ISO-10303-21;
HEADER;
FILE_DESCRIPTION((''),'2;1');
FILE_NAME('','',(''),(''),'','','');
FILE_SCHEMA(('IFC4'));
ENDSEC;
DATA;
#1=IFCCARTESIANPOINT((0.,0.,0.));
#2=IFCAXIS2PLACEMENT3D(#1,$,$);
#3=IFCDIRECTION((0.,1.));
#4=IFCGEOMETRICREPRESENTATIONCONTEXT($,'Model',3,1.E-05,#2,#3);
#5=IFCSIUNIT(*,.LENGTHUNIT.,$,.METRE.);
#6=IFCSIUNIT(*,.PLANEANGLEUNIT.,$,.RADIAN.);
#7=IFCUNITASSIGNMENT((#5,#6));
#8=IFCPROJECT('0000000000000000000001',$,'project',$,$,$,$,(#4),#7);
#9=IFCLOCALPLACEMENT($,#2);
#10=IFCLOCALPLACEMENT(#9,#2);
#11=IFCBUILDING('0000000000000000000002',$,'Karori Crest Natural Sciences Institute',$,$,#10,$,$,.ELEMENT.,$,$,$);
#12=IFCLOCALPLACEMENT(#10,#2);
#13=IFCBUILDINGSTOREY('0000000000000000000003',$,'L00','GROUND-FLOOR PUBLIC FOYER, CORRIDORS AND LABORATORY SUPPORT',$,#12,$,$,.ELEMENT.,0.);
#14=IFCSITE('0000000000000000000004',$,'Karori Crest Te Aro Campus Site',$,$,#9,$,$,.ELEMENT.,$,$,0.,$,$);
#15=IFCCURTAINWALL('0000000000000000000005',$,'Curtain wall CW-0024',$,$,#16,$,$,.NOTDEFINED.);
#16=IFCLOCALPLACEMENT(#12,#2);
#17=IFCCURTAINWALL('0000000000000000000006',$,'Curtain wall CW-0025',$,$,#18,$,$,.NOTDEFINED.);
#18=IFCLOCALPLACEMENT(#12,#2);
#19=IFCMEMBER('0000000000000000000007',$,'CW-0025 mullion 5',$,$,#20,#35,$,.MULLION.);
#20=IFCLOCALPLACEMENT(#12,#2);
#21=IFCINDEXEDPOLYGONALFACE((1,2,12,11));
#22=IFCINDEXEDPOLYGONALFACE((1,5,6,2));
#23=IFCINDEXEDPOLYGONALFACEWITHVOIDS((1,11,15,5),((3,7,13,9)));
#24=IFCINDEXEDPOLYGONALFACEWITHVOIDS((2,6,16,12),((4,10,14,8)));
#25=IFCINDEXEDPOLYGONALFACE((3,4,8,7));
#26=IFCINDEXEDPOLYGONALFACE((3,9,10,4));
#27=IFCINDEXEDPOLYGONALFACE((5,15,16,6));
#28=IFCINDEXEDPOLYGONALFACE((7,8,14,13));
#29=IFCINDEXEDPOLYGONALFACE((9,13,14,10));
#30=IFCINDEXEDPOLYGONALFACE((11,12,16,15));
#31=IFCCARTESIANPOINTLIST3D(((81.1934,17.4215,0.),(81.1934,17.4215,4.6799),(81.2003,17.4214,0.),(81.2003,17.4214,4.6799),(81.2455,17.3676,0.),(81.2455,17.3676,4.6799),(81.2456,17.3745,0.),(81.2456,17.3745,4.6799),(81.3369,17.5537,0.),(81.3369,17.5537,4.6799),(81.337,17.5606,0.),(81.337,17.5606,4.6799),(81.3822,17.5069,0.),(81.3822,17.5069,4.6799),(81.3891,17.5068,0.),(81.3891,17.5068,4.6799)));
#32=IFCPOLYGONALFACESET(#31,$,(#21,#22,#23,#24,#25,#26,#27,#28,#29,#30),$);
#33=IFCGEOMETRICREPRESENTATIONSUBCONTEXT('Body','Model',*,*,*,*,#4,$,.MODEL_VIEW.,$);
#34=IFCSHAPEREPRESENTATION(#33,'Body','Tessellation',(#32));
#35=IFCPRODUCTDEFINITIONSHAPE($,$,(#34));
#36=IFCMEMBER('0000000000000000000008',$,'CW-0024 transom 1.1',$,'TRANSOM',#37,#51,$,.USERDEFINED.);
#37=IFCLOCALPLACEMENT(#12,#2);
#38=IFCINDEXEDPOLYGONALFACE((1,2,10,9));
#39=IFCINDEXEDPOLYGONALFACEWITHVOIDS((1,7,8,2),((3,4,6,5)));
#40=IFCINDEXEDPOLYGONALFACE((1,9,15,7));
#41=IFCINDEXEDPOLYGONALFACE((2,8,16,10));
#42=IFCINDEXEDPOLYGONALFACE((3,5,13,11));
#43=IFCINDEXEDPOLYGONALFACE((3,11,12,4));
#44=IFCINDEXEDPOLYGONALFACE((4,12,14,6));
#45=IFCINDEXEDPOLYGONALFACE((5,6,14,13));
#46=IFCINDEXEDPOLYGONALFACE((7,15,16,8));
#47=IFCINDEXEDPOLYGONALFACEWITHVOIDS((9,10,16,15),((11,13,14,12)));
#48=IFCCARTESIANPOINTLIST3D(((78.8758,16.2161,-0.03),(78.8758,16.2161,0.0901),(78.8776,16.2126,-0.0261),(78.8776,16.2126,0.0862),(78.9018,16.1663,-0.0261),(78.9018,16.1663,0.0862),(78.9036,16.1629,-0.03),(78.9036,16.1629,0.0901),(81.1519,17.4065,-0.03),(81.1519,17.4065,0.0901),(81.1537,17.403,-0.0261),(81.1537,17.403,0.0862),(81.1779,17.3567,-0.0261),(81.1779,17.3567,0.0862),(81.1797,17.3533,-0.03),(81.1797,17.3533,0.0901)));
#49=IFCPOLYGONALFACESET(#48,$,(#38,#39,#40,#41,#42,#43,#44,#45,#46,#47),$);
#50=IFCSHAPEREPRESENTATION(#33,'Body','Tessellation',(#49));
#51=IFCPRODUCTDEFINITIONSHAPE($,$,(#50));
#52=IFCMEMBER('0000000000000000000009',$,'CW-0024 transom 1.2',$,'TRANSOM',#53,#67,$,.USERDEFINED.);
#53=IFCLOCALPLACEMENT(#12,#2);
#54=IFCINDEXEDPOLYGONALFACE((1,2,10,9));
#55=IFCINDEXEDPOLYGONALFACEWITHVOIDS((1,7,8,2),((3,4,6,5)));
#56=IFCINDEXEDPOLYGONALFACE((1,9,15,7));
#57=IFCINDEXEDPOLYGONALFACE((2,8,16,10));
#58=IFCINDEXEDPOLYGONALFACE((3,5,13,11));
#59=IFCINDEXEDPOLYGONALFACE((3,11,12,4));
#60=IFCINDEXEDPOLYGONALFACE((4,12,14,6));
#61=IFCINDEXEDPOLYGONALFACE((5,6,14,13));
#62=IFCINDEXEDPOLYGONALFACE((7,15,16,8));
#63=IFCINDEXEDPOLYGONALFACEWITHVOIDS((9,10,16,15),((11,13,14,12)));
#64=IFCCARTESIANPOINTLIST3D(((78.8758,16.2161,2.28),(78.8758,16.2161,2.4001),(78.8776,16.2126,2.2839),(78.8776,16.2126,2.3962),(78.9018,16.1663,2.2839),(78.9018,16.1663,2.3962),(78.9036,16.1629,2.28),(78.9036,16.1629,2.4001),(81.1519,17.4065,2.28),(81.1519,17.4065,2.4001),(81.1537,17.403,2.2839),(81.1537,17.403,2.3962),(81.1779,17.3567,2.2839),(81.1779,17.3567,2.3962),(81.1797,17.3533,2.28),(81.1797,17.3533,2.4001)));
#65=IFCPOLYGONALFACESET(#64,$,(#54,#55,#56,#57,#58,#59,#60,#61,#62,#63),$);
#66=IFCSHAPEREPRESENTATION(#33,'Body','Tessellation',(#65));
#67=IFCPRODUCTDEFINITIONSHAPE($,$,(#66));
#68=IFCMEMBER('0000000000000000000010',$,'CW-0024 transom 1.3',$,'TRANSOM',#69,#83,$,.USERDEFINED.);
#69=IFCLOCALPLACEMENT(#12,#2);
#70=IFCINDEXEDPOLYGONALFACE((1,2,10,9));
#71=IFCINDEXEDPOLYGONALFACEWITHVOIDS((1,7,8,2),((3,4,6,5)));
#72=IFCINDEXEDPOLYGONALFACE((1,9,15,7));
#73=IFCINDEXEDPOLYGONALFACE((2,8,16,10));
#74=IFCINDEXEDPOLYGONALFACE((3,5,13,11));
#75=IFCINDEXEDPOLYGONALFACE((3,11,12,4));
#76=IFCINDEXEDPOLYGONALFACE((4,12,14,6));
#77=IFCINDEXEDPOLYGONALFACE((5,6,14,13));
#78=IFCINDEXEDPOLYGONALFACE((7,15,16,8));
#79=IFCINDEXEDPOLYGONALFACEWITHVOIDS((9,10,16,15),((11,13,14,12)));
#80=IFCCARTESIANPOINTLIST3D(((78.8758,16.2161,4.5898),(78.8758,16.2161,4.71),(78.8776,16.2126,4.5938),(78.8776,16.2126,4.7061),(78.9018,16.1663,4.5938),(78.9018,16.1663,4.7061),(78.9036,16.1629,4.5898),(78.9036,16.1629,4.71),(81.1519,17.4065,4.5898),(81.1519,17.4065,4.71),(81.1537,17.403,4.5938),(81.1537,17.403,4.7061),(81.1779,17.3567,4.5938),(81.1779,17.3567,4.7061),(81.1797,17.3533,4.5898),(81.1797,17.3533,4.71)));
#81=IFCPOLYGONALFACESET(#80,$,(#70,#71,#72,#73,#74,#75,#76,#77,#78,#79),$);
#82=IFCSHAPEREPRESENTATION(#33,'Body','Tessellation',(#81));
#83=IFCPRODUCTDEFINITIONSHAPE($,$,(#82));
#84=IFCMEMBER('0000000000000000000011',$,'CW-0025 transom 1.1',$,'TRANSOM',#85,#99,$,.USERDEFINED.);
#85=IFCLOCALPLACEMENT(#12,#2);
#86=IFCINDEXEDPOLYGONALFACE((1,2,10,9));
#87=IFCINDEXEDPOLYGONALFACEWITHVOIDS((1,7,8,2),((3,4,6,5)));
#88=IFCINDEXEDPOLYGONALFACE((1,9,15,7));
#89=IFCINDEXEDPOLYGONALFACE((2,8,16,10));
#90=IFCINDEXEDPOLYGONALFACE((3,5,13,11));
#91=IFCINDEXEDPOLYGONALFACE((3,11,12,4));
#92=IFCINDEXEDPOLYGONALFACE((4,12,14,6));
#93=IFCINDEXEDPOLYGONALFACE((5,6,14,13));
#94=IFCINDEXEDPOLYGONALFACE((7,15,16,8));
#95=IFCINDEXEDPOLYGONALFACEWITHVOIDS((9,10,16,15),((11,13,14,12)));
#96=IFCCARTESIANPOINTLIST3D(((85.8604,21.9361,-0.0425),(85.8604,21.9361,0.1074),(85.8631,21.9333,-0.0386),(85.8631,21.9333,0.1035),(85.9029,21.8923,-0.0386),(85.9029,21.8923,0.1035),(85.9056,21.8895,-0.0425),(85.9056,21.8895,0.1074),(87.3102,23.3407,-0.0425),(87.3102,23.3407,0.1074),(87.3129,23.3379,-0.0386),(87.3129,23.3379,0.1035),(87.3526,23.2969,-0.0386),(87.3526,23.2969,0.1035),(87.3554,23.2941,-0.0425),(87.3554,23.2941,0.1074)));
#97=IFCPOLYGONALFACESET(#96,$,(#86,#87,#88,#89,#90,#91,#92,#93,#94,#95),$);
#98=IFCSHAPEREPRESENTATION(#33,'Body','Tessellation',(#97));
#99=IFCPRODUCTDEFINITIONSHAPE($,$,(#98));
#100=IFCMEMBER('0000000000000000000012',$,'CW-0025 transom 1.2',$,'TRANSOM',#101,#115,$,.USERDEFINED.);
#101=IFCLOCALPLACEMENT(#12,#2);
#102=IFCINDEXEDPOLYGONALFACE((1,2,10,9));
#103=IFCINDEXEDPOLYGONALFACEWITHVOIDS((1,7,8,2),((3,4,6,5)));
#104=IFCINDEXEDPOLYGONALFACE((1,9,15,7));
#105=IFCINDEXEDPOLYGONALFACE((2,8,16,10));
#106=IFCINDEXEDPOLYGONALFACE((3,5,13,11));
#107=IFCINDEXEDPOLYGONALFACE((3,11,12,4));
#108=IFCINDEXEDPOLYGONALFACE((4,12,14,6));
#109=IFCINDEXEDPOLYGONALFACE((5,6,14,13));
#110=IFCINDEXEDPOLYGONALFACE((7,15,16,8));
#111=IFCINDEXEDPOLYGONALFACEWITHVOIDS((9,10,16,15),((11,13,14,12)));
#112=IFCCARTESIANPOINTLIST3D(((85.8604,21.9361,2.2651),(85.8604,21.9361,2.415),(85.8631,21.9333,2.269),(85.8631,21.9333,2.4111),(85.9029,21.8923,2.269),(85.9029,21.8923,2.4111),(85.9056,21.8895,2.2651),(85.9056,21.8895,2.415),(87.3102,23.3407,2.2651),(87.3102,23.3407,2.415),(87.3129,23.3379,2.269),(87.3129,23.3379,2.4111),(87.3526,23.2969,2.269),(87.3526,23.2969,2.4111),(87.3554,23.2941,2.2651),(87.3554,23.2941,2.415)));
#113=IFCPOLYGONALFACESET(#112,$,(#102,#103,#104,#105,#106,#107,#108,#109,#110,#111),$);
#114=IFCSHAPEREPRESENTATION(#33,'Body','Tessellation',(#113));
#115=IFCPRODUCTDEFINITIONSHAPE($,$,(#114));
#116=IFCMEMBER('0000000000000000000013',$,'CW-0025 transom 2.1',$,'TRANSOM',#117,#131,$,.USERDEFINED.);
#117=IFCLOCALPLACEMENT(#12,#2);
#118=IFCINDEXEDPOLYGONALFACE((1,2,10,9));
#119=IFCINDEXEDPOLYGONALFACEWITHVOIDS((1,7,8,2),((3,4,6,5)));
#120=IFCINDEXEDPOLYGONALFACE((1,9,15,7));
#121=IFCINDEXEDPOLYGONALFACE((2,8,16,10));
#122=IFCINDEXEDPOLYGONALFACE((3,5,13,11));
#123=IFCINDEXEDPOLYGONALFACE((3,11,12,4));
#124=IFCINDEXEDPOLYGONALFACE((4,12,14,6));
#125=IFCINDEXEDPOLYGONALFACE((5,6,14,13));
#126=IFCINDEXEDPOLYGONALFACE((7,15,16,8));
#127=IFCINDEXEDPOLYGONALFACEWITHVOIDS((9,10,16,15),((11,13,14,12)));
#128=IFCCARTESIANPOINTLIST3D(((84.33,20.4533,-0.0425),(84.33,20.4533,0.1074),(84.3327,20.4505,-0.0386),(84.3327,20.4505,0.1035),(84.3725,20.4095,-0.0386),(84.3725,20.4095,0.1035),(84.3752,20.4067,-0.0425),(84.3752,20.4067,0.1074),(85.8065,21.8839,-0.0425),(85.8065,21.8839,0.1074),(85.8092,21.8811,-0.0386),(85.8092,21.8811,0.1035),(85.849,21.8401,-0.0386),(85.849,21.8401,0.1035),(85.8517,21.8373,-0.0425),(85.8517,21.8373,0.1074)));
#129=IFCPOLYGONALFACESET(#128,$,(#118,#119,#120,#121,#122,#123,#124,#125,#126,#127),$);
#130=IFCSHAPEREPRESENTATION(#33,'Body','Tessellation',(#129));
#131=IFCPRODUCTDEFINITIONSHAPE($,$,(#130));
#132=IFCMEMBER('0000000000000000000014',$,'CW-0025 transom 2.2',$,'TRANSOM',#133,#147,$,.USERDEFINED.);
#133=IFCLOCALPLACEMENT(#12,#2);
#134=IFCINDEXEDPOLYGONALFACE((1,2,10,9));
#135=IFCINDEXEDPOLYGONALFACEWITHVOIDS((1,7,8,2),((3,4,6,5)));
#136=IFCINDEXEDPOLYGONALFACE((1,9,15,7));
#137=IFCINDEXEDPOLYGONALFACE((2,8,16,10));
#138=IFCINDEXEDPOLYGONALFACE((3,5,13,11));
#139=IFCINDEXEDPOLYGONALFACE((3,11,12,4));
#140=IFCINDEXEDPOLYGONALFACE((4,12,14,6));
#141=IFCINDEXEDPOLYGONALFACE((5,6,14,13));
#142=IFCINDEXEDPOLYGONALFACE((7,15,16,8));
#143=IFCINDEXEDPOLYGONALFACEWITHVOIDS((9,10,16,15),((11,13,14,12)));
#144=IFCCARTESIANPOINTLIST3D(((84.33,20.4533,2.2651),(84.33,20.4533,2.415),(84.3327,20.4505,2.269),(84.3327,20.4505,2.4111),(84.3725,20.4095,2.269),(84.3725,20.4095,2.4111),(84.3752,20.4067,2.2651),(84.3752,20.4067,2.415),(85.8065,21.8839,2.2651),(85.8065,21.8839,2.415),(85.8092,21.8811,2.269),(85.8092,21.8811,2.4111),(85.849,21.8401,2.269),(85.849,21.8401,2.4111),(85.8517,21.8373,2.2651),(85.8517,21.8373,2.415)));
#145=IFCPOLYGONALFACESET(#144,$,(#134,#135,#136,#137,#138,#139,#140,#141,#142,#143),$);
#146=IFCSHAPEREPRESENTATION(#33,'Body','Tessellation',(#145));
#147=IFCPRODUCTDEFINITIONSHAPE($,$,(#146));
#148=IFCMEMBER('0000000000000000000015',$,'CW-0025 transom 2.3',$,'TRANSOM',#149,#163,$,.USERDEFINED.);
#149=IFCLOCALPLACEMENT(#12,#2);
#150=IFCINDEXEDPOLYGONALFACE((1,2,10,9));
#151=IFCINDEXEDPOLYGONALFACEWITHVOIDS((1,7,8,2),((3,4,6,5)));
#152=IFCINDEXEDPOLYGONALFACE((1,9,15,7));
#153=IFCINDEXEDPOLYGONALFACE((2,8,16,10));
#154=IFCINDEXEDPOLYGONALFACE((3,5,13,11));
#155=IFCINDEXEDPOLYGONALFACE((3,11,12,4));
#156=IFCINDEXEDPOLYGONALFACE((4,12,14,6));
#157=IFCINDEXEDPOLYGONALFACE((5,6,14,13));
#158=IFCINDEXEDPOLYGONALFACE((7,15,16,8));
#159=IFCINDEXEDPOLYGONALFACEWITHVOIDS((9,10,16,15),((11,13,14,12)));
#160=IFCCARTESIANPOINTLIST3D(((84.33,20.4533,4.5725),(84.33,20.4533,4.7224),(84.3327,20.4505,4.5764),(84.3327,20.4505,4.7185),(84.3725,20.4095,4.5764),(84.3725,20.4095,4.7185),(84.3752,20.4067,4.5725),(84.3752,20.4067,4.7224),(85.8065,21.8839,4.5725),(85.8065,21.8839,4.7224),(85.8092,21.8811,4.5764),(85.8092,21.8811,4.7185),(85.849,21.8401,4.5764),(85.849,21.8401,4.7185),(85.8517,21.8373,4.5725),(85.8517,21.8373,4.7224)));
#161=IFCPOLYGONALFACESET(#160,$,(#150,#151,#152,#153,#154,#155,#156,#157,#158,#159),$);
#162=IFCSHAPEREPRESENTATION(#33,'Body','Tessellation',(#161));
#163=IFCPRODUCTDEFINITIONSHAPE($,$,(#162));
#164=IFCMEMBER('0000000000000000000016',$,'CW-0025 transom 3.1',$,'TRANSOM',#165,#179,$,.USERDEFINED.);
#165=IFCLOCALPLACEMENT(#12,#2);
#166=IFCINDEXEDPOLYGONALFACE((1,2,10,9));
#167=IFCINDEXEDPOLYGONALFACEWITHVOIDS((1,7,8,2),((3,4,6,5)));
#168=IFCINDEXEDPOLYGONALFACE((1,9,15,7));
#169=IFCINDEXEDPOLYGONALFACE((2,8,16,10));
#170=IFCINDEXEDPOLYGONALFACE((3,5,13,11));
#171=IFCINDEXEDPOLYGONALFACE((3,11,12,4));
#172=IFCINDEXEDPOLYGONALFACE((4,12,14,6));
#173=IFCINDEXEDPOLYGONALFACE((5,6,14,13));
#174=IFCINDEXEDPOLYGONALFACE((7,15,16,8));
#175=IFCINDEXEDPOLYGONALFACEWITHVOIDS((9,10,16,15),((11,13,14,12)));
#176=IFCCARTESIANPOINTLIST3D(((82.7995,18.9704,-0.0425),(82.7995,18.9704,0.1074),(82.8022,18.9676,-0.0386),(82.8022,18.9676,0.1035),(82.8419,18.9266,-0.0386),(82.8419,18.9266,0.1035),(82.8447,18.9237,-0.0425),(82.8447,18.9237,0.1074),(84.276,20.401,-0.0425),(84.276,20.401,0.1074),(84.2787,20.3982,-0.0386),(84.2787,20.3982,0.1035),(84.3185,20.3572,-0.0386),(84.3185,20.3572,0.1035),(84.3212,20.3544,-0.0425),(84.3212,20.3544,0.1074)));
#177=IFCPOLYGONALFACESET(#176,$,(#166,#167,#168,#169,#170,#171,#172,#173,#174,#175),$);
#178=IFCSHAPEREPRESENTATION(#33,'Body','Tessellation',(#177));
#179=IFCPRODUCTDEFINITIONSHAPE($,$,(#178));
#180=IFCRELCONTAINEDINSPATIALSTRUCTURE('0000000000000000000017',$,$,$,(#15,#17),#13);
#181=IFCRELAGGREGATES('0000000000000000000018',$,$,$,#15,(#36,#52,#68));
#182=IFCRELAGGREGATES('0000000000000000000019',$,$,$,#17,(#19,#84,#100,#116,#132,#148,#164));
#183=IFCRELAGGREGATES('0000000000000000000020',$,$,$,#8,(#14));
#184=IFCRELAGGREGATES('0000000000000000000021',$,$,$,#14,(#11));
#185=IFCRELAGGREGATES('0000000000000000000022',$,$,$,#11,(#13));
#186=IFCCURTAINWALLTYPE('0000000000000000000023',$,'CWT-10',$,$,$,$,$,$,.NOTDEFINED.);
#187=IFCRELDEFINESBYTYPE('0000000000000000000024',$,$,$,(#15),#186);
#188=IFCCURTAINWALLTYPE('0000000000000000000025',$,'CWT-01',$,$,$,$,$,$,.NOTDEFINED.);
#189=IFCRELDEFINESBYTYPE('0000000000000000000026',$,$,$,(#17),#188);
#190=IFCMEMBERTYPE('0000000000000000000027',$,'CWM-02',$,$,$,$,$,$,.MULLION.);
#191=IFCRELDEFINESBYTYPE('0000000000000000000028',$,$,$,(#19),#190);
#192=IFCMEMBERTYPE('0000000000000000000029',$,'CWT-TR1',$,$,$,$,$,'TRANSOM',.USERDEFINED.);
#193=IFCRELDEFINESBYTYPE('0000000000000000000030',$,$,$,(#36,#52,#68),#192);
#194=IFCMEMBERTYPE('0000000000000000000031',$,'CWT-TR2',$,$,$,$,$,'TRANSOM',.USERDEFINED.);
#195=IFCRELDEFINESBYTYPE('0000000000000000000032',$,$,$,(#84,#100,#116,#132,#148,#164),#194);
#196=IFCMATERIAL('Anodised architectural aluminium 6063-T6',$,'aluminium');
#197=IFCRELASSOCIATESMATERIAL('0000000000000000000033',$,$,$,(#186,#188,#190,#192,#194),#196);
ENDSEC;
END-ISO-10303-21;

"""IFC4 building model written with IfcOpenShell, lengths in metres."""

from ifc_helpers import new_model, si_unit, direction, frame, origin, origin_2d, place, context, subcontext, project, spatial, hollow_rectangle, extrude, material, material_profile, profile_set, type_object, element, aggregate, save


model = new_model("IFC4")

# Units and contexts
model_context = context("Model", 3, precision=1e-05, world=origin(), true_north=direction((0.0, 1.0)))
body_context = subcontext(model_context, "Body", "Model", "MODEL_VIEW")
ifc_project = project(units=[si_unit("LENGTHUNIT", "METRE"), si_unit("PLANEANGLEUNIT", "RADIAN")], contexts=[model_context])

# Site, building, storey
site_placement = place(None, origin())
site = spatial("IfcSite", under=ifc_project, at=site_placement, Name="Karori Crest Te Aro Campus Site", CompositionType="ELEMENT", RefElevation=0.0)
building_placement = place(site_placement, origin())
building = spatial("IfcBuilding", under=site, at=building_placement, Name="Karori Crest Natural Sciences Institute", CompositionType="ELEMENT")
storey_placement = place(building_placement, origin())
storey = spatial("IfcBuildingStorey", under=building, at=storey_placement, Name="L00", Description="GROUND-FLOOR PUBLIC FOYER, CORRIDORS AND LABORATORY SUPPORT", CompositionType="ELEMENT", Elevation=0.0)

# Curtain wall
ifc_material_1 = material(Name="Anodised architectural aluminium 6063-T6", Category="aluminium")
curtain_wall_type_1 = type_object("IfcCurtainWallType", Name="CWT-10", PredefinedType="NOTDEFINED", material=ifc_material_1)
curtain_wall_1_placement = place(storey_placement, origin())
curtain_wall_1 = element("IfcCurtainWall", 1, at=curtain_wall_1_placement, inside=storey, type_object=curtain_wall_type_1, Name="Curtain wall CW-0024", PredefinedType="NOTDEFINED")
ifc_material_profile_1 = material_profile(ifc_material_1, hollow_rectangle(XDim=0.075, YDim=0.2, WallThickness=0.0049, at=origin_2d()), Name="CWM200x75x5")
ifc_profile_set_1 = profile_set([ifc_material_profile_1], Name="Anodised architectural aluminium 6063-T6")
member_type_1 = type_object("IfcMemberType", Name="CWM-02", PredefinedType="MULLION", material=ifc_profile_set_1)

# Curtain wall, member
curtain_wall_type_2 = type_object("IfcCurtainWallType", Name="CWT-01", PredefinedType="NOTDEFINED", material=ifc_material_1)
curtain_wall_2_placement = place(storey_placement, origin())
curtain_wall_2 = element("IfcCurtainWall", 2, at=curtain_wall_2_placement, inside=storey, type_object=curtain_wall_type_2, Name="Curtain wall CW-0025", PredefinedType="NOTDEFINED")
member_1_placement = place(storey_placement, frame((81.2913, 17.4641, 0.0), z_axis=(0.0, 0.0, 1.0), x_axis=(0.695839, -0.718198, 0.0)))
member_1 = element("IfcMember", 3, at=member_1_placement, type_object=member_type_1, Name="CW-0025 mullion 5", PredefinedType="MULLION", context=body_context, shape_type="SweptSolid", body=[
    extrude(hollow_rectangle(XDim=0.075, YDim=0.2, WallThickness=0.0049, at=origin_2d()), origin(), (0.0, 0.0, 1.0), 4.6799),
])

# Members
ifc_material_profile_2 = material_profile(ifc_material_1, hollow_rectangle(XDim=0.0601, YDim=0.1201, WallThickness=0.0039, at=origin_2d()), Name="CWT120x60x4")
ifc_profile_set_2 = profile_set([ifc_material_profile_2], Name="Anodised architectural aluminium 6063-T6")
member_type_2 = type_object("IfcMemberType", Name="CWT-TR1", ElementType="TRANSOM", PredefinedType="USERDEFINED", material=ifc_profile_set_2)
member_2_placement = place(storey_placement, frame((81.1658, 17.3799, 0.03), z_axis=(-0.886123, -0.463449, 0.0), x_axis=(0.463449, -0.886123, 0.0)))
member_2 = element("IfcMember", 4, at=member_2_placement, type_object=member_type_2, Name="CW-0024 transom 1.1", ObjectType="TRANSOM", PredefinedType="USERDEFINED", context=body_context, shape_type="SweptSolid", body=[
    extrude(hollow_rectangle(XDim=0.0601, YDim=0.1201, WallThickness=0.0039, at=origin_2d()), origin(), (0.0, 0.0, 1.0), 2.5686),
])
member_3_placement = place(storey_placement, frame((81.1658, 17.3799, 2.3401), z_axis=(-0.886123, -0.463449, 0.0), x_axis=(0.463449, -0.886123, 0.0)))
member_3 = element("IfcMember", 5, at=member_3_placement, type_object=member_type_2, Name="CW-0024 transom 1.2", ObjectType="TRANSOM", PredefinedType="USERDEFINED", context=body_context, shape_type="SweptSolid", body=[
    extrude(hollow_rectangle(XDim=0.0601, YDim=0.1201, WallThickness=0.0039, at=origin_2d()), origin(), (0.0, 0.0, 1.0), 2.5686),
])
member_4_placement = place(storey_placement, frame((81.1658, 17.3799, 4.6499), z_axis=(-0.886123, -0.463449, 0.0), x_axis=(0.463449, -0.886123, 0.0)))
member_4 = element("IfcMember", 6, at=member_4_placement, type_object=member_type_2, Name="CW-0024 transom 1.3", ObjectType="TRANSOM", PredefinedType="USERDEFINED", context=body_context, shape_type="SweptSolid", body=[
    extrude(hollow_rectangle(XDim=0.0601, YDim=0.1201, WallThickness=0.0039, at=origin_2d()), origin(), (0.0, 0.0, 1.0), 2.5686),
])
ifc_material_profile_3 = material_profile(ifc_material_1, hollow_rectangle(XDim=0.0649, YDim=0.1499, WallThickness=0.0039, at=origin_2d()), Name="CWT150x65x4")
ifc_profile_set_3 = profile_set([ifc_material_profile_3], Name="Anodised architectural aluminium 6063-T6")
member_type_3 = type_object("IfcMemberType", Name="CWT-TR2", ElementType="TRANSOM", PredefinedType="USERDEFINED", material=ifc_profile_set_3)
member_5_placement = place(storey_placement, frame((87.3328, 23.3174, 0.0325), z_axis=(-0.718206, -0.69583, 0.0), x_axis=(0.69583, -0.718206, 0.0)))
member_5 = element("IfcMember", 7, at=member_5_placement, type_object=member_type_3, Name="CW-0025 transom 1.1", ObjectType="TRANSOM", PredefinedType="USERDEFINED", context=body_context, shape_type="SweptSolid", body=[
    extrude(hollow_rectangle(XDim=0.0649, YDim=0.1499, WallThickness=0.0039, at=origin_2d()), origin(), (0.0, 0.0, 1.0), 2.0186),
])
member_6_placement = place(storey_placement, frame((87.3328, 23.3174, 2.3401), z_axis=(-0.718206, -0.69583, 0.0), x_axis=(0.69583, -0.718206, 0.0)))
member_6 = element("IfcMember", 8, at=member_6_placement, type_object=member_type_3, Name="CW-0025 transom 1.2", ObjectType="TRANSOM", PredefinedType="USERDEFINED", context=body_context, shape_type="SweptSolid", body=[
    extrude(hollow_rectangle(XDim=0.0649, YDim=0.1499, WallThickness=0.0039, at=origin_2d()), origin(), (0.0, 0.0, 1.0), 2.0186),
])
member_7_placement = place(storey_placement, frame((85.8291, 21.8606, 0.0325), z_axis=(-0.718181, -0.695856, 0.0), x_axis=(0.695856, -0.718181, 0.0)))
member_7 = element("IfcMember", 9, at=member_7_placement, type_object=member_type_3, Name="CW-0025 transom 2.1", ObjectType="TRANSOM", PredefinedType="USERDEFINED", context=body_context, shape_type="SweptSolid", body=[
    extrude(hollow_rectangle(XDim=0.0649, YDim=0.1499, WallThickness=0.0039, at=origin_2d()), origin(), (0.0, 0.0, 1.0), 2.0559),
])
member_8_placement = place(storey_placement, frame((85.8291, 21.8606, 2.3401), z_axis=(-0.718181, -0.695856, 0.0), x_axis=(0.695856, -0.718181, 0.0)))
member_8 = element("IfcMember", 10, at=member_8_placement, type_object=member_type_3, Name="CW-0025 transom 2.2", ObjectType="TRANSOM", PredefinedType="USERDEFINED", context=body_context, shape_type="SweptSolid", body=[
    extrude(hollow_rectangle(XDim=0.0649, YDim=0.1499, WallThickness=0.0039, at=origin_2d()), origin(), (0.0, 0.0, 1.0), 2.0559),
])
member_9_placement = place(storey_placement, frame((85.8291, 21.8606, 4.6475), z_axis=(-0.718181, -0.695856, 0.0), x_axis=(0.695856, -0.718181, 0.0)))
member_9 = element("IfcMember", 11, at=member_9_placement, type_object=member_type_3, Name="CW-0025 transom 2.3", ObjectType="TRANSOM", PredefinedType="USERDEFINED", context=body_context, shape_type="SweptSolid", body=[
    extrude(hollow_rectangle(XDim=0.0649, YDim=0.1499, WallThickness=0.0039, at=origin_2d()), origin(), (0.0, 0.0, 1.0), 2.0559),
])
member_10_placement = place(storey_placement, frame((84.2986, 20.3777, 0.0325), z_axis=(-0.718181, -0.695856, 0.0), x_axis=(0.695856, -0.718181, 0.0)))
member_10 = element("IfcMember", 12, at=member_10_placement, type_object=member_type_3, Name="CW-0025 transom 3.1", ObjectType="TRANSOM", PredefinedType="USERDEFINED", context=body_context, shape_type="SweptSolid", body=[
    extrude(hollow_rectangle(XDim=0.0649, YDim=0.1499, WallThickness=0.0039, at=origin_2d()), origin(), (0.0, 0.0, 1.0), 2.0559),
])

aggregate(curtain_wall_1, [member_2, member_3, member_4])
aggregate(curtain_wall_2, [member_1, member_5, member_6, member_7, member_8, member_9, member_10])

save(model, "model.ifc")
